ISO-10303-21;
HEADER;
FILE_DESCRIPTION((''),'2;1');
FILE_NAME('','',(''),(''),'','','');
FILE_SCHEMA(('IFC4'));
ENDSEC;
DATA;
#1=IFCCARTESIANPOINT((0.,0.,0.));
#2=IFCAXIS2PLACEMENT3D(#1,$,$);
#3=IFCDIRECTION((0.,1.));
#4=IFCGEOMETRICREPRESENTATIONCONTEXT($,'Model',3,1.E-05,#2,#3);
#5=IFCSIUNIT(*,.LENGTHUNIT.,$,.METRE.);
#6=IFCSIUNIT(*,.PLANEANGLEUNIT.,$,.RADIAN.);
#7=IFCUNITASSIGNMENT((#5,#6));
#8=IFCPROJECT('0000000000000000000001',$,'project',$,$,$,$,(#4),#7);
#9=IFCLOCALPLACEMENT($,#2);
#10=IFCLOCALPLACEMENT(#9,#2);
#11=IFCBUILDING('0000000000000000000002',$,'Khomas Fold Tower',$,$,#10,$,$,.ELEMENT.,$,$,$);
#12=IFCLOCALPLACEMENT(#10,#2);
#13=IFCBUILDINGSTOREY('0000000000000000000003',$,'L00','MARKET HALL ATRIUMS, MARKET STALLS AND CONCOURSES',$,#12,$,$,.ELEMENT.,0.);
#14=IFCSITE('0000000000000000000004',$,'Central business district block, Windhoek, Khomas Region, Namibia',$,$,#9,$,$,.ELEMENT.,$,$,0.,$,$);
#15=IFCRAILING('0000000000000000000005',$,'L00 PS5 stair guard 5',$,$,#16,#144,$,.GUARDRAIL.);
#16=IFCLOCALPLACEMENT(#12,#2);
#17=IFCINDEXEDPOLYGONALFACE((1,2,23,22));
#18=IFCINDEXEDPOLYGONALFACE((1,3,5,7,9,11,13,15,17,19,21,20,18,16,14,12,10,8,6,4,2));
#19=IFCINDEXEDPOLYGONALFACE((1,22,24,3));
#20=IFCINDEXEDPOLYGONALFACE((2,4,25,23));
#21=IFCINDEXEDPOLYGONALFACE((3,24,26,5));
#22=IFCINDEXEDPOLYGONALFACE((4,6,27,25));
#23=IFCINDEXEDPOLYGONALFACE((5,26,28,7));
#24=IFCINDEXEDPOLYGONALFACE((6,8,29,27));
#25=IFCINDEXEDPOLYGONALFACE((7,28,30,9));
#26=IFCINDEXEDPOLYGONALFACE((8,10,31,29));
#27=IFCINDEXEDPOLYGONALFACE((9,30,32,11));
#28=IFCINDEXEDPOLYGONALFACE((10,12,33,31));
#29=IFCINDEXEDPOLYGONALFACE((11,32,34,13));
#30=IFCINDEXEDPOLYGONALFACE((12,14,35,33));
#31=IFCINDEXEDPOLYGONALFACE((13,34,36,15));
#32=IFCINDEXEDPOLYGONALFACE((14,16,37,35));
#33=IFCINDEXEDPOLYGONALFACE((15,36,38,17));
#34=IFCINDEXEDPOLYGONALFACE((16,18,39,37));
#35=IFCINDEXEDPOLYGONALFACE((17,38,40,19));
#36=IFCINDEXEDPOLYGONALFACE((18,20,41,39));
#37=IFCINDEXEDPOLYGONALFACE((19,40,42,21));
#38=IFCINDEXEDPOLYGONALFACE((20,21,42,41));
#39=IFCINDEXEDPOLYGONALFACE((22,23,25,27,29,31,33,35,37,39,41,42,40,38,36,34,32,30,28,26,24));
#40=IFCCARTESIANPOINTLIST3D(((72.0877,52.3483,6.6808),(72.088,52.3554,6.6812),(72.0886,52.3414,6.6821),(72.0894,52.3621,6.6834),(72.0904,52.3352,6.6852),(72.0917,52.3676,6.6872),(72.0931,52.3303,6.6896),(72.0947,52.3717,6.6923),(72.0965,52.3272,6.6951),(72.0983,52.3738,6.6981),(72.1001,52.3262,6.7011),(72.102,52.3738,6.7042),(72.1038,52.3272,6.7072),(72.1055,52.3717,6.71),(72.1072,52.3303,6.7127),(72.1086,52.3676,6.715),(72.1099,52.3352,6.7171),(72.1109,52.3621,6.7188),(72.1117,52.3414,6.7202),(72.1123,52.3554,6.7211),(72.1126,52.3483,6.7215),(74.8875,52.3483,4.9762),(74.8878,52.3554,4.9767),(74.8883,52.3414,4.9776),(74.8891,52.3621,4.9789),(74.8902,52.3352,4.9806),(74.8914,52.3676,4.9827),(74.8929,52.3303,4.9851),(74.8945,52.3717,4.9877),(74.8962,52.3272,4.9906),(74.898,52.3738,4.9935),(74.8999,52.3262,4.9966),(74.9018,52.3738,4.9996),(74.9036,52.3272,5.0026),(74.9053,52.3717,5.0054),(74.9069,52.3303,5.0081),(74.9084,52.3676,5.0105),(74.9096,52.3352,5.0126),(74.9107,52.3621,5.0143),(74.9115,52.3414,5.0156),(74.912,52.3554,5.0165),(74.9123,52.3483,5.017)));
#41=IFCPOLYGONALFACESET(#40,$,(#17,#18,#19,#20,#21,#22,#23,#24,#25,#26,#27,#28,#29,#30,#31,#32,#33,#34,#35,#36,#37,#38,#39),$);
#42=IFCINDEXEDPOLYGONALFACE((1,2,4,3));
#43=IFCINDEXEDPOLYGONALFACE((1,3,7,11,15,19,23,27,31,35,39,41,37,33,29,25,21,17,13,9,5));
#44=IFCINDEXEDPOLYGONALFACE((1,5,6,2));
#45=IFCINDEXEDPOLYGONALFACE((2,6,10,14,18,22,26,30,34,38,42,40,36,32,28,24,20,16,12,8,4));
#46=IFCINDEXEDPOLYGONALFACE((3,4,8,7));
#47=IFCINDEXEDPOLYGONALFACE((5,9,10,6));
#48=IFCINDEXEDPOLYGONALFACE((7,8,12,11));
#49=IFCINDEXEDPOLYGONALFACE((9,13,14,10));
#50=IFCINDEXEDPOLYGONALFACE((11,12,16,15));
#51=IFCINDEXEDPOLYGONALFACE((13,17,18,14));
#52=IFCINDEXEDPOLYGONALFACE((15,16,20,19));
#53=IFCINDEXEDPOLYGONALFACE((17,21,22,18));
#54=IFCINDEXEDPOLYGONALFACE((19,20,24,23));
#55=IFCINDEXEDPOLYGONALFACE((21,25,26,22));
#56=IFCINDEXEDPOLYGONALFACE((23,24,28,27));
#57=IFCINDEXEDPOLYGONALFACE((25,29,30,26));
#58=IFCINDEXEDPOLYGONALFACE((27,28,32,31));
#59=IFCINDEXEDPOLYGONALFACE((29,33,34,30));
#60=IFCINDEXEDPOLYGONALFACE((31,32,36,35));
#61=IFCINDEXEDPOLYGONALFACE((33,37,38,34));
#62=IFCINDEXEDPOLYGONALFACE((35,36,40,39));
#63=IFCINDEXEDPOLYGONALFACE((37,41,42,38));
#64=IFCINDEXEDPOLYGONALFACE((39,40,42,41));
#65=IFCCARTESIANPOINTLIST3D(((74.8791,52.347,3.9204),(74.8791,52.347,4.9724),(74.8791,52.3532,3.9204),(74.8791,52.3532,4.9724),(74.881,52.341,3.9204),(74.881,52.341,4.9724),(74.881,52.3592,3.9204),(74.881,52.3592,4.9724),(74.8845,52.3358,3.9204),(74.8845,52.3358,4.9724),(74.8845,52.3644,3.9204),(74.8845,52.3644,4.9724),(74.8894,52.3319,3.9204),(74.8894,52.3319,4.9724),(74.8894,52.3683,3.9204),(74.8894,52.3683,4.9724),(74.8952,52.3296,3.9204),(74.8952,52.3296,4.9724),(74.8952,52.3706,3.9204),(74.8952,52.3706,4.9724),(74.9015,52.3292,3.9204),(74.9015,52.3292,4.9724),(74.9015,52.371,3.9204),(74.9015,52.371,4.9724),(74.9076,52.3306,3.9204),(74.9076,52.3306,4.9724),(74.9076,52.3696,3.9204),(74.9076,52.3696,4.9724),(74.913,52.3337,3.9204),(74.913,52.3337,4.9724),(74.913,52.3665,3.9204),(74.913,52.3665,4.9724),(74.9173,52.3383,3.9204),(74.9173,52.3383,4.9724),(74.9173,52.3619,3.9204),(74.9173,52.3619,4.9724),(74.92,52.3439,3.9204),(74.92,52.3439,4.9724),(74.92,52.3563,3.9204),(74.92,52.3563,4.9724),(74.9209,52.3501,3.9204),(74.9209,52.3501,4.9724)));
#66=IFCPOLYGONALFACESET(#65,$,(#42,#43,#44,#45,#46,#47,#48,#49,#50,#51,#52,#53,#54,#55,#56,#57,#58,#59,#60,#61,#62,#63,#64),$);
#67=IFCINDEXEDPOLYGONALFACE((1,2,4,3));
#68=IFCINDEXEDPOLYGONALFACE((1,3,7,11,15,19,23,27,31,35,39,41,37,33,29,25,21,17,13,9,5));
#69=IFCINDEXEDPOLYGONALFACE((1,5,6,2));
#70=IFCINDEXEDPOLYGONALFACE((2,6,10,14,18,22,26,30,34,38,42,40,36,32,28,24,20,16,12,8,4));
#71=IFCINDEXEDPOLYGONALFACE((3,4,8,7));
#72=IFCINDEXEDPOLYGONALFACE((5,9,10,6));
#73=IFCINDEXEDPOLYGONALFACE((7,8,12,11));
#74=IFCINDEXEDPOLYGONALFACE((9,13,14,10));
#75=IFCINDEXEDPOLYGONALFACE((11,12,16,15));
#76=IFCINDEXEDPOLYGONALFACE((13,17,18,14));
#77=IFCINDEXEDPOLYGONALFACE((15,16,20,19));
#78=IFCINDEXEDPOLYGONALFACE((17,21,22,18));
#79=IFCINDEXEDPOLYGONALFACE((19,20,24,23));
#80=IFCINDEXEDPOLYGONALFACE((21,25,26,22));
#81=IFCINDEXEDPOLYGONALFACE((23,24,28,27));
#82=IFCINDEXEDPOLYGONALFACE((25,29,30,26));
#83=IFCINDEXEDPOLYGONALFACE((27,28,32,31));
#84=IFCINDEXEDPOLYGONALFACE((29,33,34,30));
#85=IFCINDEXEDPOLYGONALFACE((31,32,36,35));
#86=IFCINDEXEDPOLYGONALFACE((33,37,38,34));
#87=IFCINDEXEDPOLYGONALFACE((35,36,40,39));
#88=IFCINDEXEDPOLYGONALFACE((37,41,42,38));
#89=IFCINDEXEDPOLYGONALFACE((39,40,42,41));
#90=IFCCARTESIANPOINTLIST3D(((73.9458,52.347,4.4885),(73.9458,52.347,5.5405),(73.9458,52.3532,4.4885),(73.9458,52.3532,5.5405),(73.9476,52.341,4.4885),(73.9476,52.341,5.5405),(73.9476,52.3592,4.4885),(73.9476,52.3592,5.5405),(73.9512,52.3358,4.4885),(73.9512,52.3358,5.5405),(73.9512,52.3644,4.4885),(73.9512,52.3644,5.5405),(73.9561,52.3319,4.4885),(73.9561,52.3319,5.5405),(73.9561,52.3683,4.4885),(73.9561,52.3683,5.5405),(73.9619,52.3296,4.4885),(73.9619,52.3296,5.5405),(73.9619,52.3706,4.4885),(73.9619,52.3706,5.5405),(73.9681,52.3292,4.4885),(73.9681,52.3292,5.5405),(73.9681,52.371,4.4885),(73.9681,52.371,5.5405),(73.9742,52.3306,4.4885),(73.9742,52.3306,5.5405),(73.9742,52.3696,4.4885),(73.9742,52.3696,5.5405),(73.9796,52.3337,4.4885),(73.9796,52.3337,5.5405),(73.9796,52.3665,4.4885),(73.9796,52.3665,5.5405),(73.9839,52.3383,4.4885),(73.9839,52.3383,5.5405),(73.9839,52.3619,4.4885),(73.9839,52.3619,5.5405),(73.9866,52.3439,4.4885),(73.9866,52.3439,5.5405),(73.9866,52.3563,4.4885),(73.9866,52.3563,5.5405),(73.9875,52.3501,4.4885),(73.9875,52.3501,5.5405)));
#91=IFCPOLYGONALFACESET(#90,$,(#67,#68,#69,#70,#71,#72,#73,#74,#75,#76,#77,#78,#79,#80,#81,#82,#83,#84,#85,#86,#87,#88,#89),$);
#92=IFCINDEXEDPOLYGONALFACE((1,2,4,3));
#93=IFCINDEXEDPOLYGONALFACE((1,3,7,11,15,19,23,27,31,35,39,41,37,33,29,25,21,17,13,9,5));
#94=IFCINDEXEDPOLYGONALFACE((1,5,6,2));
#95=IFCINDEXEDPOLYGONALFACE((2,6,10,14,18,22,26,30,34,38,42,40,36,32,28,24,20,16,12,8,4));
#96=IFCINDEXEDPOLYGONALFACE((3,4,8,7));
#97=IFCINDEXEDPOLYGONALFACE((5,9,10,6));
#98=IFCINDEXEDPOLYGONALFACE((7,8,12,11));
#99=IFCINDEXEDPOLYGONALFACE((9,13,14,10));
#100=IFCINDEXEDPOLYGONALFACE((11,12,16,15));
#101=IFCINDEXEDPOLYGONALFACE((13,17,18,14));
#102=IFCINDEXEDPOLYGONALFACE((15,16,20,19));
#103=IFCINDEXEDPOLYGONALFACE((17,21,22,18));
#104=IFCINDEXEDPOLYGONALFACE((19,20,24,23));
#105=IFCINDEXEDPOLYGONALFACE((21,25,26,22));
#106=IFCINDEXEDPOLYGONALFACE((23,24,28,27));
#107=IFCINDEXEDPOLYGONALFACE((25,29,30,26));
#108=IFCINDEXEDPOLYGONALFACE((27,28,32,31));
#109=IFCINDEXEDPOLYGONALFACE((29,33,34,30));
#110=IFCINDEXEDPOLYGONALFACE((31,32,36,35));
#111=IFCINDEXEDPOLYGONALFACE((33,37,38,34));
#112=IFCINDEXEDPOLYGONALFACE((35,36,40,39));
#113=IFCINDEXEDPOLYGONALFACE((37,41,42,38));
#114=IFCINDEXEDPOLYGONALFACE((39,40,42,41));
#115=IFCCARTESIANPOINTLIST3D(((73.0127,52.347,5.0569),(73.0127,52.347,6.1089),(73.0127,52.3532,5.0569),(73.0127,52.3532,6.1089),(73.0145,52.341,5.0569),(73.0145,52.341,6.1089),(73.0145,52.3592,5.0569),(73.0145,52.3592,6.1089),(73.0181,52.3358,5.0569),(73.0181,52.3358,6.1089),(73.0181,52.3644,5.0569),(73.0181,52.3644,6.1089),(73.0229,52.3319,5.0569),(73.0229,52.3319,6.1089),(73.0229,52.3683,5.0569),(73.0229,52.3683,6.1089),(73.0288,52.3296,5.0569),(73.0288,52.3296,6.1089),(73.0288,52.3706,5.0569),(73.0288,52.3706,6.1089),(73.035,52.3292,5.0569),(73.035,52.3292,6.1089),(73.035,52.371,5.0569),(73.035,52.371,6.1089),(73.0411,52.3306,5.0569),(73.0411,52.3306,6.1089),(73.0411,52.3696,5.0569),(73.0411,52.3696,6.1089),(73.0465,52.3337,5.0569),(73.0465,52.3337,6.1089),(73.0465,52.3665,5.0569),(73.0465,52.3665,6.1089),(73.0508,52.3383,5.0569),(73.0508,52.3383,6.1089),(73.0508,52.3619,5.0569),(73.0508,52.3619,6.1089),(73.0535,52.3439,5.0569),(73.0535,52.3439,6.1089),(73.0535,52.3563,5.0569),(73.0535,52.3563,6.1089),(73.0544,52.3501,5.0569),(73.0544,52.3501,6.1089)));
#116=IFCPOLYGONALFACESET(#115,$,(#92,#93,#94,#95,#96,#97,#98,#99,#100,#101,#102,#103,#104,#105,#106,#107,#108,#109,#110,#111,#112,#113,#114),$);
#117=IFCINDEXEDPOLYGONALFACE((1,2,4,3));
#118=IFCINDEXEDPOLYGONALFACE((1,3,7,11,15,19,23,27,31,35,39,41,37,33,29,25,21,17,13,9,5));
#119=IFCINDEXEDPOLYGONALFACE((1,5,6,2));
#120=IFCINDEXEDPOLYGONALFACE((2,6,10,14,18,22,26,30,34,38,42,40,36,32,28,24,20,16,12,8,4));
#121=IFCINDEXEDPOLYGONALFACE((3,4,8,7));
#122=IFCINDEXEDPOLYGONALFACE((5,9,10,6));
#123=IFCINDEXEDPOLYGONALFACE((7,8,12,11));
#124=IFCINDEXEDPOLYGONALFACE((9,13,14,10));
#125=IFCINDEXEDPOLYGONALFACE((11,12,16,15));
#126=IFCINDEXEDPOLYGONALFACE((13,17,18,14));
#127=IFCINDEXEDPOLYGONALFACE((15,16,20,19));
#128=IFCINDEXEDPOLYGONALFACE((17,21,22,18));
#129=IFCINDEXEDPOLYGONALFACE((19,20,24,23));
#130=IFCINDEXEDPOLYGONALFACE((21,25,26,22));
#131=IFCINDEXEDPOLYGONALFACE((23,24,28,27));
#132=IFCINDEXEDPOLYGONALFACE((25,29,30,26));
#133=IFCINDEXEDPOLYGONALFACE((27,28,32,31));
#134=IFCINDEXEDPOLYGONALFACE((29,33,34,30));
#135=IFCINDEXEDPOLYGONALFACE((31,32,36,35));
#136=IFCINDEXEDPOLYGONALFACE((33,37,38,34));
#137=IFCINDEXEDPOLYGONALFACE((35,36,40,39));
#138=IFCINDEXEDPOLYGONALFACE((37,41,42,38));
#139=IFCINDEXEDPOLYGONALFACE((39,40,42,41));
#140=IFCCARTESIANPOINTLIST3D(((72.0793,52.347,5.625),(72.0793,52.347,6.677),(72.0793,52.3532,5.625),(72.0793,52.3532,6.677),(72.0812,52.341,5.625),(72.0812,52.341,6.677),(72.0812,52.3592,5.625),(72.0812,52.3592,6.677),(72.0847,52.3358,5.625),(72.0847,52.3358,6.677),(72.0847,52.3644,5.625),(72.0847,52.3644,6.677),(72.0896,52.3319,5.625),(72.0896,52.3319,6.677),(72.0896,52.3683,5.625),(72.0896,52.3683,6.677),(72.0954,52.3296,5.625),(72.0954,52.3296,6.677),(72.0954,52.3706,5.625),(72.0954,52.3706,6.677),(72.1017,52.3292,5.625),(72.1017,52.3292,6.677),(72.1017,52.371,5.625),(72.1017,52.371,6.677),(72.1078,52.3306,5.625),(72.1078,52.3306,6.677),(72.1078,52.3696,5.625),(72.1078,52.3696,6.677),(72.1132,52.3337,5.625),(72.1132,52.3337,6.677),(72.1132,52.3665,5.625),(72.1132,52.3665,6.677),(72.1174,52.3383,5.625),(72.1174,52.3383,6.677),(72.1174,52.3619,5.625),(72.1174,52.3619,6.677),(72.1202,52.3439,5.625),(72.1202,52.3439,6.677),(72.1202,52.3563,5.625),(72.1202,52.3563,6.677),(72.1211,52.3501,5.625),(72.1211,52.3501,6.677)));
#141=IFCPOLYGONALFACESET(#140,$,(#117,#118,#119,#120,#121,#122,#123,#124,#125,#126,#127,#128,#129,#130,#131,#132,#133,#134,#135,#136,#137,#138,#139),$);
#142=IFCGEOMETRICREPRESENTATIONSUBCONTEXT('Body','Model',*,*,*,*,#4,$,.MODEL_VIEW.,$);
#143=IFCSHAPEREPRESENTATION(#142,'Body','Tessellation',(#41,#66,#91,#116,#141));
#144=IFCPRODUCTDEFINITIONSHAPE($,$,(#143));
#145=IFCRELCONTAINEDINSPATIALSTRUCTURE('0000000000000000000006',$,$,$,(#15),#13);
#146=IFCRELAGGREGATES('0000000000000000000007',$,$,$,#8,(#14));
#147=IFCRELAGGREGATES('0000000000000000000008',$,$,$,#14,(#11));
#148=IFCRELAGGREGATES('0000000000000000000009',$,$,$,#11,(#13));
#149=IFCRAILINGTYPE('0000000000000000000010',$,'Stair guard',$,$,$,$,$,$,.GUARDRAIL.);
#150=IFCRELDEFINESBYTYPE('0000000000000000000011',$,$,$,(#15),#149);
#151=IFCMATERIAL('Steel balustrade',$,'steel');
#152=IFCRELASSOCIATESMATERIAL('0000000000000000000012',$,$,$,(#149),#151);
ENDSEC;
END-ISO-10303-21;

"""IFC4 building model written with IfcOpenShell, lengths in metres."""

from ifc_helpers import new_model, si_unit, direction, frame, origin, origin_2d, place, context, subcontext, project, spatial, circle, extrude, source, transform, mapped, material, type_object, element, save


model = new_model("IFC4")

# Units and contexts
model_context = context("Model", 3, precision=1e-05, world=origin(), true_north=direction((0.0, 1.0)))
body_context = subcontext(model_context, "Body", "Model", "MODEL_VIEW")
ifc_project = project(units=[si_unit("LENGTHUNIT", "METRE"), si_unit("PLANEANGLEUNIT", "RADIAN")], contexts=[model_context])

# Site, building, storey
site_placement = place(None, origin())
site = spatial("IfcSite", under=ifc_project, at=site_placement, Name="Central business district block, Windhoek, Khomas Region, Namibia", CompositionType="ELEMENT", RefElevation=0.0)
building_placement = place(site_placement, origin())
building = spatial("IfcBuilding", under=site, at=building_placement, Name="Khomas Fold Tower", CompositionType="ELEMENT")
storey_placement = place(building_placement, origin())
storey = spatial("IfcBuildingStorey", under=building, at=storey_placement, Name="L00", Description="MARKET HALL ATRIUMS, MARKET STALLS AND CONCOURSES", CompositionType="ELEMENT", Elevation=0.0)

# Railing
ifc_material_1 = material(Name="Steel balustrade", Category="steel")
railing_type_1 = type_object("IfcRailingType", Name="Stair guard", PredefinedType="GUARDRAIL", material=ifc_material_1)
shared_shape_1 = source(origin(), body_context, "Body", "SweptSolid", [
    extrude(circle(Radius=0.0239, at=origin_2d()), frame((0.0, 0.0, 1.0762), z_axis=(-0.85415, 0.0, 0.520027), x_axis=(0.0, -1.0, 0.0)), (0.0, 0.0, 1.0), 3.2778),
    extrude(circle(Radius=0.021, at=origin_2d()), origin(), (0.0, 0.0, 1.0), 1.052),
    extrude(circle(Radius=0.021, at=origin_2d()), frame((-0.9333, 0.0, 0.5681)), (0.0, 0.0, 1.0), 1.052),
    extrude(circle(Radius=0.021, at=origin_2d()), frame((-1.8665, 0.0, 1.1365)), (0.0, 0.0, 1.0), 1.052),
    extrude(circle(Radius=0.021, at=origin_2d()), frame((-2.7998, 0.0, 1.7046)), (0.0, 0.0, 1.0), 1.052),
])
for number, where, name in (
    (1, (74.8999, 52.3501, 3.9204), "L00 PS5 stair guard 5"),
):
    element("IfcRailing", number, at=place(storey_placement, frame(where)), inside=storey, type_object=railing_type_1, Name=name, PredefinedType="GUARDRAIL", context=body_context, shape_type="MappedRepresentation", body=[
        mapped(shared_shape_1, transform((0.0, 0.0, 0.0))),
    ])

save(model, "model.ifc")
